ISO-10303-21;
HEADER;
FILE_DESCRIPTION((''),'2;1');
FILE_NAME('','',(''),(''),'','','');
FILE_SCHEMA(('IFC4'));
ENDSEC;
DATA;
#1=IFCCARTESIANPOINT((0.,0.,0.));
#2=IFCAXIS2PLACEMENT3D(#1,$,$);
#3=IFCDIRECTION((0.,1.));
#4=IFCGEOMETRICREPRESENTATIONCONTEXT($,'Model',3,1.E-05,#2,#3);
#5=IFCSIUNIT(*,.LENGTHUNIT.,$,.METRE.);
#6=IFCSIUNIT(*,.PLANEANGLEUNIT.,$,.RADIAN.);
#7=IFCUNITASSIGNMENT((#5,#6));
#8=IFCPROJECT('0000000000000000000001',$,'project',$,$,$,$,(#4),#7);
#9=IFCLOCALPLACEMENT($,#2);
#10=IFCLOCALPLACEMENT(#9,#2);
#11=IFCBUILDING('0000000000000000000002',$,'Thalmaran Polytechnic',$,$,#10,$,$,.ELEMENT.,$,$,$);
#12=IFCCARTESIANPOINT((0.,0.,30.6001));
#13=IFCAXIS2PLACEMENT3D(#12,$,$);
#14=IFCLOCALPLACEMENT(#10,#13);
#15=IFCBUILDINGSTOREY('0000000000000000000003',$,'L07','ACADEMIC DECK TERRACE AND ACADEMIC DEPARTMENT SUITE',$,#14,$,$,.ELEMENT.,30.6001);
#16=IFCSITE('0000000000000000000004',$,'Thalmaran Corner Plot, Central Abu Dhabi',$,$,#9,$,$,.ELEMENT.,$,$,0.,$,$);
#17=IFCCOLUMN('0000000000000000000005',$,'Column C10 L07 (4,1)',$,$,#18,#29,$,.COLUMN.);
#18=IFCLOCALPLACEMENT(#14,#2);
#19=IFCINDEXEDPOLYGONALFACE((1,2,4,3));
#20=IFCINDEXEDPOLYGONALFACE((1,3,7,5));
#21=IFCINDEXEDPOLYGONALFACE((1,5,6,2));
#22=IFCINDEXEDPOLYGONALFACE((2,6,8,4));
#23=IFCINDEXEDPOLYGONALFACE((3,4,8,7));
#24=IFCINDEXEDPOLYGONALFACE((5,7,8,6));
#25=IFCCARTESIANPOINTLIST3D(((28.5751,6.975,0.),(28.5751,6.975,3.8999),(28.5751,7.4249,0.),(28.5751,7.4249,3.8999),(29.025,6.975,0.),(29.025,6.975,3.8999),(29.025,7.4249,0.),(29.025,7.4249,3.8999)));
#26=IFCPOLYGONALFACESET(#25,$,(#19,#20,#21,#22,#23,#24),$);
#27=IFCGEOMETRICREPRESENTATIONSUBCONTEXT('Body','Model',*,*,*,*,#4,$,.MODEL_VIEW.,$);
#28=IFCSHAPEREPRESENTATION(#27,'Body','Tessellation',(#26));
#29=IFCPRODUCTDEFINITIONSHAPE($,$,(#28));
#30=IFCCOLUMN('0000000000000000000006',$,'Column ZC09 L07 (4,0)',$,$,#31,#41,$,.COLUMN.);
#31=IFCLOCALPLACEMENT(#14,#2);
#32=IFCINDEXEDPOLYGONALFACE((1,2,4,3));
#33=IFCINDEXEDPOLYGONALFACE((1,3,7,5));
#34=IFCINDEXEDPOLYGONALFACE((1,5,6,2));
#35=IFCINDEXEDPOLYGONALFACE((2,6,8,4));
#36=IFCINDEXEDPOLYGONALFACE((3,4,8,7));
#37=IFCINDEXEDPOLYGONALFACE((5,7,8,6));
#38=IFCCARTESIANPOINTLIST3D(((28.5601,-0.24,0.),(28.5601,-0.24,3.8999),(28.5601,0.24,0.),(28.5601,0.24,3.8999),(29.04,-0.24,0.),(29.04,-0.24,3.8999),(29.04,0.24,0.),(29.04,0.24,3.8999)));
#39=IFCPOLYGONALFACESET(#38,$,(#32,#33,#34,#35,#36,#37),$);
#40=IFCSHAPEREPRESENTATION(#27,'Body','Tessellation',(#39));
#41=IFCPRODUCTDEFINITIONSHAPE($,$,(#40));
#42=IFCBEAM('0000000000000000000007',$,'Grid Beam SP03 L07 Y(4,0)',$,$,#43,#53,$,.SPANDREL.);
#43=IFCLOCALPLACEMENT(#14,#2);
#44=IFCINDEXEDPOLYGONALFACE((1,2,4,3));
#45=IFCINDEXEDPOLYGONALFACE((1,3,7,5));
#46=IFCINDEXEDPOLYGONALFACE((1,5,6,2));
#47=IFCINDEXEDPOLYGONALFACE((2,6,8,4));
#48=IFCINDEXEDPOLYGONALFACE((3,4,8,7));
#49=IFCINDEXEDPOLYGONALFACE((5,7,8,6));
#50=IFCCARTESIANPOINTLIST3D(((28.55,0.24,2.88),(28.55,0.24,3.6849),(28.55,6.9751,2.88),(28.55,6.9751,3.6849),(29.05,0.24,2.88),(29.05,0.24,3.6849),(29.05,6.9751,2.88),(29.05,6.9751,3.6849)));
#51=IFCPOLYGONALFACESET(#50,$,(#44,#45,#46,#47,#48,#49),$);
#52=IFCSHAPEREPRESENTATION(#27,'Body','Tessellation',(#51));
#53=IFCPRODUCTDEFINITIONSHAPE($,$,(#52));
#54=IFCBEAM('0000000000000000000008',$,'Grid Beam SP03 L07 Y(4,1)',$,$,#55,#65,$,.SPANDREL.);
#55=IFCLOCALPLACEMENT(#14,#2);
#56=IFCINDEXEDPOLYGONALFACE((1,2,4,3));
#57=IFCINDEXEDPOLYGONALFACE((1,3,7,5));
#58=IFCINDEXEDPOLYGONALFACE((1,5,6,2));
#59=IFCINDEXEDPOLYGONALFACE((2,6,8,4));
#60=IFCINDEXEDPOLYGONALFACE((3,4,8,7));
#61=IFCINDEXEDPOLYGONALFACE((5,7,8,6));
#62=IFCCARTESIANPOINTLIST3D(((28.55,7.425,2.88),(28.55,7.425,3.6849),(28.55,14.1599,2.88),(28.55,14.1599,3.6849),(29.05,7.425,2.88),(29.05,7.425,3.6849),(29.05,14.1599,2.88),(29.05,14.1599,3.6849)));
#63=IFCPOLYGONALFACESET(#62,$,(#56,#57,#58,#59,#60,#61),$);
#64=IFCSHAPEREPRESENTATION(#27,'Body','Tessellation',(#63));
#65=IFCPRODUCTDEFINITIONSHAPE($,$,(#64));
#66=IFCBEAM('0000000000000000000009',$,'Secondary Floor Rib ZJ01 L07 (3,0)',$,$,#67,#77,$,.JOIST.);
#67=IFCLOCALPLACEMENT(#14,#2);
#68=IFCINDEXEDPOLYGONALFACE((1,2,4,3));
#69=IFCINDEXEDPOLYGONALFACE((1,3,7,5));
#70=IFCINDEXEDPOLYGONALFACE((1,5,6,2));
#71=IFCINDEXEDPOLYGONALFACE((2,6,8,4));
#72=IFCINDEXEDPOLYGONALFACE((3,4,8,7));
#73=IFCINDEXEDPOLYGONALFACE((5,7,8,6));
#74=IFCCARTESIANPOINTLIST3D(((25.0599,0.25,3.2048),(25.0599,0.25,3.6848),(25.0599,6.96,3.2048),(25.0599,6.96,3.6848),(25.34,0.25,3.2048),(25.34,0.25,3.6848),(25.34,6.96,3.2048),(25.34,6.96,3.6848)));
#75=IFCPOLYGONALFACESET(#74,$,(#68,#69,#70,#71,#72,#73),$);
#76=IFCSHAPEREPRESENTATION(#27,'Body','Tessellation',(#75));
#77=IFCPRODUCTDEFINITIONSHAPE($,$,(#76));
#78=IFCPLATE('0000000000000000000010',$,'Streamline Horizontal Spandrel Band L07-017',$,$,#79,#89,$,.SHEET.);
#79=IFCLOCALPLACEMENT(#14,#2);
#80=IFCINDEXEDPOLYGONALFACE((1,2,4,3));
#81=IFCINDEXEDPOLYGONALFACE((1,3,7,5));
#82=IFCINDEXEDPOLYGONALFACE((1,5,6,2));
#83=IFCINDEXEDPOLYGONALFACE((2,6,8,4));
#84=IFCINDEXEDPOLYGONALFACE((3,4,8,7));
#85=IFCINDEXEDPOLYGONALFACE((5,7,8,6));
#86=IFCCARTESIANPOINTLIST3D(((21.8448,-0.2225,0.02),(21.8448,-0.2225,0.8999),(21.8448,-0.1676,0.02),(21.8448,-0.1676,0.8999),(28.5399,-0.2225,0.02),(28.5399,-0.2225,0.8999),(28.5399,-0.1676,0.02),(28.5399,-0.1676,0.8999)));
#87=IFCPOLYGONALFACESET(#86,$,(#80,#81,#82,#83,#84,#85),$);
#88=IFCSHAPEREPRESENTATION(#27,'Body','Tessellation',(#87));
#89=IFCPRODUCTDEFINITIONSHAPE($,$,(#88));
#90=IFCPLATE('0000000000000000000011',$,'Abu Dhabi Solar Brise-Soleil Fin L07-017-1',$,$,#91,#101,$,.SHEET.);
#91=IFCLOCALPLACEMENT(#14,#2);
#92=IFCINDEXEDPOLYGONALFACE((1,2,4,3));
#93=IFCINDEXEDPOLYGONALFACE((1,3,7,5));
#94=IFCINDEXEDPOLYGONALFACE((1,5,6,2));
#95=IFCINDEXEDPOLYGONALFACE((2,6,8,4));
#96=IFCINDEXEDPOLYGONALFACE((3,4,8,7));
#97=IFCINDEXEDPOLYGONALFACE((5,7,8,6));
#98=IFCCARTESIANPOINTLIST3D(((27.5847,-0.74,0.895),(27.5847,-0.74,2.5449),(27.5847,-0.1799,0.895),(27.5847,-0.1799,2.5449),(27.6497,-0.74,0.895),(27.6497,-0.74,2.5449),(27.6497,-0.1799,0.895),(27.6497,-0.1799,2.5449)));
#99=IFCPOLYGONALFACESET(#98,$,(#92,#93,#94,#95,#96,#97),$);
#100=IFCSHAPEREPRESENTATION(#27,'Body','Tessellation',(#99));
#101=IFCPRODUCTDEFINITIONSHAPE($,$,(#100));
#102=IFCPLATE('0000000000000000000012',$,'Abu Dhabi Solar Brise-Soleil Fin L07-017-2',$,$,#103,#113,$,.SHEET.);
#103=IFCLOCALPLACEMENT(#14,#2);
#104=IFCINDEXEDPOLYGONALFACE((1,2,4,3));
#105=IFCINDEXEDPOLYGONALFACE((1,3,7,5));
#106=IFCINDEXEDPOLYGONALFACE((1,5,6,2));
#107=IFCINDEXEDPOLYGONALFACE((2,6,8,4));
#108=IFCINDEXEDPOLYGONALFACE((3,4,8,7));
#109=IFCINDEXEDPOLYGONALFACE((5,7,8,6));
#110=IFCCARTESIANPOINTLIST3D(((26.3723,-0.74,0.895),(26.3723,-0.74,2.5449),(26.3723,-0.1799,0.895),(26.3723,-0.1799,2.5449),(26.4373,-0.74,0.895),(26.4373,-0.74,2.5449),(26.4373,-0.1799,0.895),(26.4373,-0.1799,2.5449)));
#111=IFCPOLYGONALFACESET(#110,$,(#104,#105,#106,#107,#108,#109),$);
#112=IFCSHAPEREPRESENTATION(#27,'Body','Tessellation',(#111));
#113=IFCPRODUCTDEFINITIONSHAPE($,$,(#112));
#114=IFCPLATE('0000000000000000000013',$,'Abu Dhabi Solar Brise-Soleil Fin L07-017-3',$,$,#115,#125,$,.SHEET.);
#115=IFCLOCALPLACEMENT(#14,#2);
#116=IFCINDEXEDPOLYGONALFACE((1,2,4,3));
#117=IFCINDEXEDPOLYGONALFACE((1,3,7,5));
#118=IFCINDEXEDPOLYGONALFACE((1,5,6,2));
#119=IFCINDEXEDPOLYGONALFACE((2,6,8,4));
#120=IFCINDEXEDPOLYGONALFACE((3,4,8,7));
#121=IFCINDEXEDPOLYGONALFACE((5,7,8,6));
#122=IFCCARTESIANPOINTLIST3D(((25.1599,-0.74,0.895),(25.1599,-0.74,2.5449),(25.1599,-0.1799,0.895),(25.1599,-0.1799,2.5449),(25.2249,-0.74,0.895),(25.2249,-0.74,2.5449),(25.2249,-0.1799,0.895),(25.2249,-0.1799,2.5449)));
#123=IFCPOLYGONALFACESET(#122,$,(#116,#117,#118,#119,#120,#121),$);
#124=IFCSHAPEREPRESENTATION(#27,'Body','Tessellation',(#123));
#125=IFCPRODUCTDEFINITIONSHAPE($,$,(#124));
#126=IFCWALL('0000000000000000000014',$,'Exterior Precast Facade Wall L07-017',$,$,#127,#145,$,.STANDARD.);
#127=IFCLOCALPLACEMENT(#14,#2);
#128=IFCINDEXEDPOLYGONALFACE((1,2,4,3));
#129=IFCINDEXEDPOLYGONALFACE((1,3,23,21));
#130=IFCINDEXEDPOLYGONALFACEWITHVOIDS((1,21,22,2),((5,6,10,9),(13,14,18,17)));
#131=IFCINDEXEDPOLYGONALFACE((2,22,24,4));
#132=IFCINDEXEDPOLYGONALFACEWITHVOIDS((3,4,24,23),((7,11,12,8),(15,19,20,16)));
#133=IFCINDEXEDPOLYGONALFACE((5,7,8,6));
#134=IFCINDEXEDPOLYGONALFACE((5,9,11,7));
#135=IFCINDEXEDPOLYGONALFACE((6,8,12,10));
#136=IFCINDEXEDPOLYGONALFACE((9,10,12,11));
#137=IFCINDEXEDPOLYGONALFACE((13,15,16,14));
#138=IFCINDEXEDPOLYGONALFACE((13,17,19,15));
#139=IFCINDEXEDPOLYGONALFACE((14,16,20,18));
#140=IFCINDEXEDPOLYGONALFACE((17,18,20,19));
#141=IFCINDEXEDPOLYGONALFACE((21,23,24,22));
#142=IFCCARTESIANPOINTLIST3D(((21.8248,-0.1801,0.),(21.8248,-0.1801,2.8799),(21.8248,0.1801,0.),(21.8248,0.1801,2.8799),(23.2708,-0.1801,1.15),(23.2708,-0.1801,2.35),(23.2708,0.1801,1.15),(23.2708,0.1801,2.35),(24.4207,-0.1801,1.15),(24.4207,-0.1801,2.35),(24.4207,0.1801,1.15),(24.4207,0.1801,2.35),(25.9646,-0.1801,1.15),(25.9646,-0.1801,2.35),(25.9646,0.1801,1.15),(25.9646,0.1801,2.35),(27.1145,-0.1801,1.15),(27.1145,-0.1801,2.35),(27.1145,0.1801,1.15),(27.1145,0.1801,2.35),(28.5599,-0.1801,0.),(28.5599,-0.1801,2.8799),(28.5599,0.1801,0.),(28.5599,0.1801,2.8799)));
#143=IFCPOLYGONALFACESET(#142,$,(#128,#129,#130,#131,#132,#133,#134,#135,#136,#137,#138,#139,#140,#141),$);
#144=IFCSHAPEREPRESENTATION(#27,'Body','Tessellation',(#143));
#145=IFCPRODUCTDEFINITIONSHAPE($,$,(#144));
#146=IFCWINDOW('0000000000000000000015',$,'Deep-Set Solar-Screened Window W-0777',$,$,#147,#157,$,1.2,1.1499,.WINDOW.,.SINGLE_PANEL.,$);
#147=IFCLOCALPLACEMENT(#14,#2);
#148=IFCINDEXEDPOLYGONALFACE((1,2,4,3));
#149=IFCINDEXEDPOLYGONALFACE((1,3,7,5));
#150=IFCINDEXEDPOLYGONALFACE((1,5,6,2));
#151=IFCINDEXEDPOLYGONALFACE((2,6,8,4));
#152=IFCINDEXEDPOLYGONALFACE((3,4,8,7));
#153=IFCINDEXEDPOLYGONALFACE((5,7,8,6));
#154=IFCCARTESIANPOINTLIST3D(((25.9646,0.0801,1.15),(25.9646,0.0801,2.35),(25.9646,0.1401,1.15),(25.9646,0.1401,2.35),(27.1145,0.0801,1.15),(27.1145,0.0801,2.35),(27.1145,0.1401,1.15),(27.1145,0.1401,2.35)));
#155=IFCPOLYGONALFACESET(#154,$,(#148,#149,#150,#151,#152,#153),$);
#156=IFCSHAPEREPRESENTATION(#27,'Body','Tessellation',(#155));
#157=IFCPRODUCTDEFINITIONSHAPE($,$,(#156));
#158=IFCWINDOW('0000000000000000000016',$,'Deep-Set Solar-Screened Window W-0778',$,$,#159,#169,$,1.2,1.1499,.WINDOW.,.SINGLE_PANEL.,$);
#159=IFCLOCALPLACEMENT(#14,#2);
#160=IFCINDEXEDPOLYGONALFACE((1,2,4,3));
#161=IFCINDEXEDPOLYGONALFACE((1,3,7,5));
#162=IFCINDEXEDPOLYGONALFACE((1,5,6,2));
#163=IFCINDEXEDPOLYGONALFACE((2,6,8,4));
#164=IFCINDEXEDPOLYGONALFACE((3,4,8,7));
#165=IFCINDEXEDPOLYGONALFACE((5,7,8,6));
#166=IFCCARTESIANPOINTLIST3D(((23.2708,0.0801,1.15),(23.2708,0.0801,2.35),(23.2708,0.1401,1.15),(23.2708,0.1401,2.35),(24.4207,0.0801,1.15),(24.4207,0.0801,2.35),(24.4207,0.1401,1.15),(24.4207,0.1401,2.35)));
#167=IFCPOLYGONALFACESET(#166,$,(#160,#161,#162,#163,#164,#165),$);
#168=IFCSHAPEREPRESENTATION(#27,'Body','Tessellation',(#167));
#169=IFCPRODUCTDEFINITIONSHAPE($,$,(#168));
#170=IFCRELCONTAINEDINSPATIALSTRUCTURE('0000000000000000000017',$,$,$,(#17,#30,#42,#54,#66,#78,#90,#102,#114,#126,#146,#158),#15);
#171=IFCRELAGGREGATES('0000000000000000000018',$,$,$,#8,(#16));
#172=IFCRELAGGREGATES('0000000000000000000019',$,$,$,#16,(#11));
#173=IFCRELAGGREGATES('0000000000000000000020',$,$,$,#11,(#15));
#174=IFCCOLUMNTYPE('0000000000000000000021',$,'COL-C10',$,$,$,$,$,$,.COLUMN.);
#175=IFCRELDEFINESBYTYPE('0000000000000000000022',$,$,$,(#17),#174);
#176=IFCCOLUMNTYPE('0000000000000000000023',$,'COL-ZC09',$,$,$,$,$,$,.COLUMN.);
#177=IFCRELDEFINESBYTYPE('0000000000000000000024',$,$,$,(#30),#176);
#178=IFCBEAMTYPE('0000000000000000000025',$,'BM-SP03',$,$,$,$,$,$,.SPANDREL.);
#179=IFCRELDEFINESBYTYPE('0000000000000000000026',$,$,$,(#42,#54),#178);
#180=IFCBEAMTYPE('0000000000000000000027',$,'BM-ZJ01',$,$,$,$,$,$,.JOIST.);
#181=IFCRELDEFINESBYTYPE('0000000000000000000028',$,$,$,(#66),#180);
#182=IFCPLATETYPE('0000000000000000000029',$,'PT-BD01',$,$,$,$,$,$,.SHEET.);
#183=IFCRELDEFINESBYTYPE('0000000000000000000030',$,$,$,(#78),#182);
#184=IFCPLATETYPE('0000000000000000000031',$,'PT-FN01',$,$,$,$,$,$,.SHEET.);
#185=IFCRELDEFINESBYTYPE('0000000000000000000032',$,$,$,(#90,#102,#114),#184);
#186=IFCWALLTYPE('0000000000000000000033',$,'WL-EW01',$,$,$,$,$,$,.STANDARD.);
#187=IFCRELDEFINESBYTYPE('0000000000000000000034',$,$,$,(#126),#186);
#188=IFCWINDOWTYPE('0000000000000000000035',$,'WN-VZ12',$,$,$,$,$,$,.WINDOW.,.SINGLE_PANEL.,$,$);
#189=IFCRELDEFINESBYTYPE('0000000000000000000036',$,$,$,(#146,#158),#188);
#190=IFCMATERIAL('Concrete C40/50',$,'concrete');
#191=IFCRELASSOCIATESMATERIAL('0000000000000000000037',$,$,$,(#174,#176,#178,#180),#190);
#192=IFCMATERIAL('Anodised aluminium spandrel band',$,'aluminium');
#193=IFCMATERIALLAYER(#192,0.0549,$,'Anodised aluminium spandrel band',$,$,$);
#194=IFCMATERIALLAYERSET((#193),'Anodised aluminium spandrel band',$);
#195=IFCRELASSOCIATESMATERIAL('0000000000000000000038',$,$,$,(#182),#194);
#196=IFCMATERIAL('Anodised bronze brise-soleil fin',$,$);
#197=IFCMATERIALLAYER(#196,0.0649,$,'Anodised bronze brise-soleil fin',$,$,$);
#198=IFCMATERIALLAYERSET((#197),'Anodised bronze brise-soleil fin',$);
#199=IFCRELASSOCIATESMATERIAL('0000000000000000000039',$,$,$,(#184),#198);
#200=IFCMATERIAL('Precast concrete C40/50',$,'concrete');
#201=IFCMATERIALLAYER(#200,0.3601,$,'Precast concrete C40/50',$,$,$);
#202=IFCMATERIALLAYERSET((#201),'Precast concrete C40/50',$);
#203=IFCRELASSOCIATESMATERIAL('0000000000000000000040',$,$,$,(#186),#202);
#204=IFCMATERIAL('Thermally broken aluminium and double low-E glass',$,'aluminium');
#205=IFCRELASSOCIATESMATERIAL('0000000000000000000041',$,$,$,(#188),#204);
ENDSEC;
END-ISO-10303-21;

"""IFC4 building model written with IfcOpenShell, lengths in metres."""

from ifc_helpers import new_model, si_unit, direction, frame, frame_2d, origin, origin_2d, place, context, subcontext, project, spatial, rectangle, extrude, material, layer, layer_set, material_profile, profile_set, type_object, element, fill, save


model = new_model("IFC4")

# Units and contexts
model_context = context("Model", 3, precision=1e-05, world=origin(), true_north=direction((0.0, 1.0)))
body_context = subcontext(model_context, "Body", "Model", "MODEL_VIEW")
ifc_project = project(units=[si_unit("LENGTHUNIT", "METRE"), si_unit("PLANEANGLEUNIT", "RADIAN")], contexts=[model_context])

# Site, building, storey
site_placement = place(None, origin())
site = spatial("IfcSite", under=ifc_project, at=site_placement, Name="Thalmaran Corner Plot, Central Abu Dhabi", CompositionType="ELEMENT", RefElevation=0.0)
building_placement = place(site_placement, origin())
building = spatial("IfcBuilding", under=site, at=building_placement, Name="Thalmaran Polytechnic", CompositionType="ELEMENT")
storey_placement = place(building_placement, frame((0.0, 0.0, 30.6001)))
storey = spatial("IfcBuildingStorey", under=building, at=storey_placement, Name="L07", Description="ACADEMIC DECK TERRACE AND ACADEMIC DEPARTMENT SUITE", CompositionType="ELEMENT", Elevation=30.6001)

# Columns
ifc_material_1 = material(Name="Concrete C40/50", Category="concrete")
ifc_material_profile_1 = material_profile(ifc_material_1, rectangle(XDim=0.45, YDim=0.45, at=origin_2d()), Name="RC 450x450")
ifc_profile_set_1 = profile_set([ifc_material_profile_1], Name="Concrete C40/50")
column_type_1 = type_object("IfcColumnType", Name="COL-C10", PredefinedType="COLUMN", material=ifc_profile_set_1)
column_1_placement = place(storey_placement, frame((28.8, 7.2, 0.0), z_axis=(0.0, 0.0, 1.0), x_axis=(1.0, 0.0, 0.0)))
element("IfcColumn", 1, at=column_1_placement, inside=storey, type_object=column_type_1, Name="Column C10 L07 (4,1)", PredefinedType="COLUMN", context=body_context, shape_type="SweptSolid", body=[
    extrude(rectangle(XDim=0.45, YDim=0.45, at=origin_2d()), origin(), (0.0, 0.0, 1.0), 3.8999),
])
ifc_material_profile_2 = material_profile(ifc_material_1, rectangle(XDim=0.48, YDim=0.48, at=origin_2d()), Name="RC 480x480")
ifc_profile_set_2 = profile_set([ifc_material_profile_2], Name="Concrete C40/50")
column_type_2 = type_object("IfcColumnType", Name="COL-ZC09", PredefinedType="COLUMN", material=ifc_profile_set_2)
column_2_placement = place(storey_placement, frame((28.8, 0.0, 0.0), z_axis=(0.0, 0.0, 1.0), x_axis=(1.0, 0.0, 0.0)))
element("IfcColumn", 2, at=column_2_placement, inside=storey, type_object=column_type_2, Name="Column ZC09 L07 (4,0)", PredefinedType="COLUMN", context=body_context, shape_type="SweptSolid", body=[
    extrude(rectangle(XDim=0.48, YDim=0.48, at=origin_2d()), origin(), (0.0, 0.0, 1.0), 3.8999),
])

# Beams
ifc_material_profile_3 = material_profile(ifc_material_1, rectangle(XDim=0.5, YDim=0.8049, at=origin_2d()), Name="RC 500x805")
ifc_profile_set_3 = profile_set([ifc_material_profile_3], Name="Concrete C40/50")
beam_type_1 = type_object("IfcBeamType", Name="BM-SP03", PredefinedType="SPANDREL", material=ifc_profile_set_3)
beam_1_placement = place(storey_placement, frame((28.8, 0.24, 3.2825), z_axis=(0.0, 1.0, 0.0), x_axis=(-1.0, 0.0, 0.0)))
element("IfcBeam", 3, at=beam_1_placement, inside=storey, type_object=beam_type_1, Name="Grid Beam SP03 L07 Y(4,0)", PredefinedType="SPANDREL", context=body_context, shape_type="SweptSolid", body=[
    extrude(rectangle(XDim=0.5, YDim=0.8049, at=origin_2d()), origin(), (0.0, 0.0, 1.0), 6.7351),
])
beam_2_placement = place(storey_placement, frame((28.8, 7.425, 3.2825), z_axis=(0.0, 1.0, 0.0), x_axis=(-1.0, 0.0, 0.0)))
element("IfcBeam", 4, at=beam_2_placement, inside=storey, type_object=beam_type_1, Name="Grid Beam SP03 L07 Y(4,1)", PredefinedType="SPANDREL", context=body_context, shape_type="SweptSolid", body=[
    extrude(rectangle(XDim=0.5, YDim=0.8049, at=origin_2d()), origin(), (0.0, 0.0, 1.0), 6.7349),
])
ifc_material_profile_4 = material_profile(ifc_material_1, rectangle(XDim=0.28, YDim=0.48, at=origin_2d()), Name="RC 280x480")
ifc_profile_set_4 = profile_set([ifc_material_profile_4], Name="Concrete C40/50")
beam_type_2 = type_object("IfcBeamType", Name="BM-ZJ01", PredefinedType="JOIST", material=ifc_profile_set_4)
beam_3_placement = place(storey_placement, frame((25.2, 0.25, 3.4448), z_axis=(0.0, 1.0, 0.0), x_axis=(-1.0, 0.0, 0.0)))
element("IfcBeam", 5, at=beam_3_placement, inside=storey, type_object=beam_type_2, Name="Secondary Floor Rib ZJ01 L07 (3,0)", PredefinedType="JOIST", context=body_context, shape_type="SweptSolid", body=[
    extrude(rectangle(XDim=0.28, YDim=0.48, at=origin_2d()), origin(), (0.0, 0.0, 1.0), 6.71),
])

# Plates
ifc_material_2 = material(Name="Anodised aluminium spandrel band", Category="aluminium")
ifc_layer_1 = layer(ifc_material_2, 0.0549, Name="Anodised aluminium spandrel band")
ifc_layer_set_1 = layer_set([ifc_layer_1], Name="Anodised aluminium spandrel band")
plate_type_1 = type_object("IfcPlateType", Name="PT-BD01", PredefinedType="SHEET", material=ifc_layer_set_1)
plate_placement = place(storey_placement, frame((25.1924, -0.1951, 0.02), z_axis=(0.0, 0.0, 1.0), x_axis=(-1.0, 0.0, 0.0)))
element("IfcPlate", 6, at=plate_placement, inside=storey, type_object=plate_type_1, Name="Streamline Horizontal Spandrel Band L07-017", PredefinedType="SHEET", context=body_context, shape_type="SweptSolid", body=[
    extrude(rectangle(XDim=6.6951, YDim=0.0549, at=origin_2d()), origin(), (0.0, 0.0, 1.0), 0.8799),
])
ifc_material_3 = material(Name="Anodised bronze brise-soleil fin")
ifc_layer_2 = layer(ifc_material_3, 0.0649, Name="Anodised bronze brise-soleil fin")
ifc_layer_set_2 = layer_set([ifc_layer_2], Name="Anodised bronze brise-soleil fin")
plate_type_2 = type_object("IfcPlateType", Name="PT-FN01", PredefinedType="SHEET", material=ifc_layer_set_2)
for number, where, z_axis, x_axis, name in (
    (7, (27.6172, -0.46, 0.895), (0.0, 0.0, 1.0), (-1.0, 0.0, 0.0), "Abu Dhabi Solar Brise-Soleil Fin L07-017-1"),
    (8, (26.4048, -0.46, 0.895), (0.0, 0.0, 1.0), (-1.0, 0.0, 0.0), "Abu Dhabi Solar Brise-Soleil Fin L07-017-2"),
    (9, (25.1924, -0.46, 0.895), (0.0, 0.0, 1.0), (-1.0, 0.0, 0.0), "Abu Dhabi Solar Brise-Soleil Fin L07-017-3"),
):
    element("IfcPlate", number, at=place(storey_placement, frame(where, z_axis=z_axis, x_axis=x_axis)), inside=storey, type_object=plate_type_2, Name=name, PredefinedType="SHEET", context=body_context, shape_type="SweptSolid", body=[
        extrude(rectangle(XDim=0.0649, YDim=0.5601, at=origin_2d()), origin(), (0.0, 0.0, 1.0), 1.6499),
    ])

# Wall, openings, windows
ifc_material_4 = material(Name="Precast concrete C40/50", Category="concrete")
ifc_layer_3 = layer(ifc_material_4, 0.3601, Name="Precast concrete C40/50")
ifc_layer_set_3 = layer_set([ifc_layer_3], Name="Precast concrete C40/50")
wall_type_1 = type_object("IfcWallType", Name="WL-EW01", PredefinedType="STANDARD", material=ifc_layer_set_3)
wall_1_placement = place(storey_placement, frame((28.5601, 0.0, 0.0), z_axis=(0.0, 0.0, 1.0), x_axis=(-1.0, 0.0, 0.0)))
wall_1 = element("IfcWall", 10, at=wall_1_placement, inside=storey, type_object=wall_type_1, Name="Exterior Precast Facade Wall L07-017", PredefinedType="STANDARD", context=body_context, shape_type="SweptSolid", body=[
    extrude(rectangle(XDim=6.7351, YDim=0.3601, at=frame_2d((3.3677, 0.0))), origin(), (0.0, 0.0, 1.0), 2.8799),
])
opening_1_placement = place(wall_1_placement, frame((1.4456, 0.0, 1.1499)))
opening_1 = element("IfcOpeningElement", 11, at=opening_1_placement, cuts=wall_1, PredefinedType="OPENING", context=body_context, shape_type="SweptSolid", body=[
    extrude(rectangle(XDim=1.1499, YDim=1.2, at=frame_2d((0.575, 0.6001))), frame((0.0, 0.1899, 0.0), z_axis=(0.0, -1.0, 0.0), x_axis=(1.0, 0.0, 0.0)), (0.0, 0.0, 1.0), 0.3801),
])
opening_2_placement = place(wall_1_placement, frame((4.1394, 0.0, 1.1499)))
opening_2 = element("IfcOpeningElement", 12, at=opening_2_placement, cuts=wall_1, PredefinedType="OPENING", context=body_context, shape_type="SweptSolid", body=[
    extrude(rectangle(XDim=1.1499, YDim=1.2, at=frame_2d((0.575, 0.6001))), frame((0.0, 0.1899, 0.0), z_axis=(0.0, -1.0, 0.0), x_axis=(1.0, 0.0, 0.0)), (0.0, 0.0, 1.0), 0.3801),
])
ifc_material_5 = material(Name="Thermally broken aluminium and double low-E glass", Category="aluminium")
window_type = type_object("IfcWindowType", Name="WN-VZ12", PartitioningType="SINGLE_PANEL", PredefinedType="WINDOW", material=ifc_material_5)
window_1_placement = place(opening_1_placement, origin())
window_1 = element("IfcWindow", 13, at=window_1_placement, inside=storey, type_object=window_type, Name="Deep-Set Solar-Screened Window W-0777", OverallHeight=1.2, OverallWidth=1.1499, PartitioningType="SINGLE_PANEL", PredefinedType="WINDOW", context=body_context, shape_type="SweptSolid", body=[
    extrude(rectangle(XDim=1.1499, YDim=1.2, at=frame_2d((0.575, 0.6001))), frame((0.0, -0.0801, 0.0), z_axis=(0.0, -1.0, 0.0), x_axis=(1.0, 0.0, 0.0)), (0.0, 0.0, 1.0), 0.0601),
])
fill(opening_1, window_1)
window_2_placement = place(opening_2_placement, origin())
window_2 = element("IfcWindow", 14, at=window_2_placement, inside=storey, type_object=window_type, Name="Deep-Set Solar-Screened Window W-0778", OverallHeight=1.2, OverallWidth=1.1499, PartitioningType="SINGLE_PANEL", PredefinedType="WINDOW", context=body_context, shape_type="SweptSolid", body=[
    extrude(rectangle(XDim=1.1499, YDim=1.2, at=frame_2d((0.575, 0.6001))), frame((0.0, -0.0801, 0.0), z_axis=(0.0, -1.0, 0.0), x_axis=(1.0, 0.0, 0.0)), (0.0, 0.0, 1.0), 0.0601),
])
fill(opening_2, window_2)

save(model, "model.ifc")
